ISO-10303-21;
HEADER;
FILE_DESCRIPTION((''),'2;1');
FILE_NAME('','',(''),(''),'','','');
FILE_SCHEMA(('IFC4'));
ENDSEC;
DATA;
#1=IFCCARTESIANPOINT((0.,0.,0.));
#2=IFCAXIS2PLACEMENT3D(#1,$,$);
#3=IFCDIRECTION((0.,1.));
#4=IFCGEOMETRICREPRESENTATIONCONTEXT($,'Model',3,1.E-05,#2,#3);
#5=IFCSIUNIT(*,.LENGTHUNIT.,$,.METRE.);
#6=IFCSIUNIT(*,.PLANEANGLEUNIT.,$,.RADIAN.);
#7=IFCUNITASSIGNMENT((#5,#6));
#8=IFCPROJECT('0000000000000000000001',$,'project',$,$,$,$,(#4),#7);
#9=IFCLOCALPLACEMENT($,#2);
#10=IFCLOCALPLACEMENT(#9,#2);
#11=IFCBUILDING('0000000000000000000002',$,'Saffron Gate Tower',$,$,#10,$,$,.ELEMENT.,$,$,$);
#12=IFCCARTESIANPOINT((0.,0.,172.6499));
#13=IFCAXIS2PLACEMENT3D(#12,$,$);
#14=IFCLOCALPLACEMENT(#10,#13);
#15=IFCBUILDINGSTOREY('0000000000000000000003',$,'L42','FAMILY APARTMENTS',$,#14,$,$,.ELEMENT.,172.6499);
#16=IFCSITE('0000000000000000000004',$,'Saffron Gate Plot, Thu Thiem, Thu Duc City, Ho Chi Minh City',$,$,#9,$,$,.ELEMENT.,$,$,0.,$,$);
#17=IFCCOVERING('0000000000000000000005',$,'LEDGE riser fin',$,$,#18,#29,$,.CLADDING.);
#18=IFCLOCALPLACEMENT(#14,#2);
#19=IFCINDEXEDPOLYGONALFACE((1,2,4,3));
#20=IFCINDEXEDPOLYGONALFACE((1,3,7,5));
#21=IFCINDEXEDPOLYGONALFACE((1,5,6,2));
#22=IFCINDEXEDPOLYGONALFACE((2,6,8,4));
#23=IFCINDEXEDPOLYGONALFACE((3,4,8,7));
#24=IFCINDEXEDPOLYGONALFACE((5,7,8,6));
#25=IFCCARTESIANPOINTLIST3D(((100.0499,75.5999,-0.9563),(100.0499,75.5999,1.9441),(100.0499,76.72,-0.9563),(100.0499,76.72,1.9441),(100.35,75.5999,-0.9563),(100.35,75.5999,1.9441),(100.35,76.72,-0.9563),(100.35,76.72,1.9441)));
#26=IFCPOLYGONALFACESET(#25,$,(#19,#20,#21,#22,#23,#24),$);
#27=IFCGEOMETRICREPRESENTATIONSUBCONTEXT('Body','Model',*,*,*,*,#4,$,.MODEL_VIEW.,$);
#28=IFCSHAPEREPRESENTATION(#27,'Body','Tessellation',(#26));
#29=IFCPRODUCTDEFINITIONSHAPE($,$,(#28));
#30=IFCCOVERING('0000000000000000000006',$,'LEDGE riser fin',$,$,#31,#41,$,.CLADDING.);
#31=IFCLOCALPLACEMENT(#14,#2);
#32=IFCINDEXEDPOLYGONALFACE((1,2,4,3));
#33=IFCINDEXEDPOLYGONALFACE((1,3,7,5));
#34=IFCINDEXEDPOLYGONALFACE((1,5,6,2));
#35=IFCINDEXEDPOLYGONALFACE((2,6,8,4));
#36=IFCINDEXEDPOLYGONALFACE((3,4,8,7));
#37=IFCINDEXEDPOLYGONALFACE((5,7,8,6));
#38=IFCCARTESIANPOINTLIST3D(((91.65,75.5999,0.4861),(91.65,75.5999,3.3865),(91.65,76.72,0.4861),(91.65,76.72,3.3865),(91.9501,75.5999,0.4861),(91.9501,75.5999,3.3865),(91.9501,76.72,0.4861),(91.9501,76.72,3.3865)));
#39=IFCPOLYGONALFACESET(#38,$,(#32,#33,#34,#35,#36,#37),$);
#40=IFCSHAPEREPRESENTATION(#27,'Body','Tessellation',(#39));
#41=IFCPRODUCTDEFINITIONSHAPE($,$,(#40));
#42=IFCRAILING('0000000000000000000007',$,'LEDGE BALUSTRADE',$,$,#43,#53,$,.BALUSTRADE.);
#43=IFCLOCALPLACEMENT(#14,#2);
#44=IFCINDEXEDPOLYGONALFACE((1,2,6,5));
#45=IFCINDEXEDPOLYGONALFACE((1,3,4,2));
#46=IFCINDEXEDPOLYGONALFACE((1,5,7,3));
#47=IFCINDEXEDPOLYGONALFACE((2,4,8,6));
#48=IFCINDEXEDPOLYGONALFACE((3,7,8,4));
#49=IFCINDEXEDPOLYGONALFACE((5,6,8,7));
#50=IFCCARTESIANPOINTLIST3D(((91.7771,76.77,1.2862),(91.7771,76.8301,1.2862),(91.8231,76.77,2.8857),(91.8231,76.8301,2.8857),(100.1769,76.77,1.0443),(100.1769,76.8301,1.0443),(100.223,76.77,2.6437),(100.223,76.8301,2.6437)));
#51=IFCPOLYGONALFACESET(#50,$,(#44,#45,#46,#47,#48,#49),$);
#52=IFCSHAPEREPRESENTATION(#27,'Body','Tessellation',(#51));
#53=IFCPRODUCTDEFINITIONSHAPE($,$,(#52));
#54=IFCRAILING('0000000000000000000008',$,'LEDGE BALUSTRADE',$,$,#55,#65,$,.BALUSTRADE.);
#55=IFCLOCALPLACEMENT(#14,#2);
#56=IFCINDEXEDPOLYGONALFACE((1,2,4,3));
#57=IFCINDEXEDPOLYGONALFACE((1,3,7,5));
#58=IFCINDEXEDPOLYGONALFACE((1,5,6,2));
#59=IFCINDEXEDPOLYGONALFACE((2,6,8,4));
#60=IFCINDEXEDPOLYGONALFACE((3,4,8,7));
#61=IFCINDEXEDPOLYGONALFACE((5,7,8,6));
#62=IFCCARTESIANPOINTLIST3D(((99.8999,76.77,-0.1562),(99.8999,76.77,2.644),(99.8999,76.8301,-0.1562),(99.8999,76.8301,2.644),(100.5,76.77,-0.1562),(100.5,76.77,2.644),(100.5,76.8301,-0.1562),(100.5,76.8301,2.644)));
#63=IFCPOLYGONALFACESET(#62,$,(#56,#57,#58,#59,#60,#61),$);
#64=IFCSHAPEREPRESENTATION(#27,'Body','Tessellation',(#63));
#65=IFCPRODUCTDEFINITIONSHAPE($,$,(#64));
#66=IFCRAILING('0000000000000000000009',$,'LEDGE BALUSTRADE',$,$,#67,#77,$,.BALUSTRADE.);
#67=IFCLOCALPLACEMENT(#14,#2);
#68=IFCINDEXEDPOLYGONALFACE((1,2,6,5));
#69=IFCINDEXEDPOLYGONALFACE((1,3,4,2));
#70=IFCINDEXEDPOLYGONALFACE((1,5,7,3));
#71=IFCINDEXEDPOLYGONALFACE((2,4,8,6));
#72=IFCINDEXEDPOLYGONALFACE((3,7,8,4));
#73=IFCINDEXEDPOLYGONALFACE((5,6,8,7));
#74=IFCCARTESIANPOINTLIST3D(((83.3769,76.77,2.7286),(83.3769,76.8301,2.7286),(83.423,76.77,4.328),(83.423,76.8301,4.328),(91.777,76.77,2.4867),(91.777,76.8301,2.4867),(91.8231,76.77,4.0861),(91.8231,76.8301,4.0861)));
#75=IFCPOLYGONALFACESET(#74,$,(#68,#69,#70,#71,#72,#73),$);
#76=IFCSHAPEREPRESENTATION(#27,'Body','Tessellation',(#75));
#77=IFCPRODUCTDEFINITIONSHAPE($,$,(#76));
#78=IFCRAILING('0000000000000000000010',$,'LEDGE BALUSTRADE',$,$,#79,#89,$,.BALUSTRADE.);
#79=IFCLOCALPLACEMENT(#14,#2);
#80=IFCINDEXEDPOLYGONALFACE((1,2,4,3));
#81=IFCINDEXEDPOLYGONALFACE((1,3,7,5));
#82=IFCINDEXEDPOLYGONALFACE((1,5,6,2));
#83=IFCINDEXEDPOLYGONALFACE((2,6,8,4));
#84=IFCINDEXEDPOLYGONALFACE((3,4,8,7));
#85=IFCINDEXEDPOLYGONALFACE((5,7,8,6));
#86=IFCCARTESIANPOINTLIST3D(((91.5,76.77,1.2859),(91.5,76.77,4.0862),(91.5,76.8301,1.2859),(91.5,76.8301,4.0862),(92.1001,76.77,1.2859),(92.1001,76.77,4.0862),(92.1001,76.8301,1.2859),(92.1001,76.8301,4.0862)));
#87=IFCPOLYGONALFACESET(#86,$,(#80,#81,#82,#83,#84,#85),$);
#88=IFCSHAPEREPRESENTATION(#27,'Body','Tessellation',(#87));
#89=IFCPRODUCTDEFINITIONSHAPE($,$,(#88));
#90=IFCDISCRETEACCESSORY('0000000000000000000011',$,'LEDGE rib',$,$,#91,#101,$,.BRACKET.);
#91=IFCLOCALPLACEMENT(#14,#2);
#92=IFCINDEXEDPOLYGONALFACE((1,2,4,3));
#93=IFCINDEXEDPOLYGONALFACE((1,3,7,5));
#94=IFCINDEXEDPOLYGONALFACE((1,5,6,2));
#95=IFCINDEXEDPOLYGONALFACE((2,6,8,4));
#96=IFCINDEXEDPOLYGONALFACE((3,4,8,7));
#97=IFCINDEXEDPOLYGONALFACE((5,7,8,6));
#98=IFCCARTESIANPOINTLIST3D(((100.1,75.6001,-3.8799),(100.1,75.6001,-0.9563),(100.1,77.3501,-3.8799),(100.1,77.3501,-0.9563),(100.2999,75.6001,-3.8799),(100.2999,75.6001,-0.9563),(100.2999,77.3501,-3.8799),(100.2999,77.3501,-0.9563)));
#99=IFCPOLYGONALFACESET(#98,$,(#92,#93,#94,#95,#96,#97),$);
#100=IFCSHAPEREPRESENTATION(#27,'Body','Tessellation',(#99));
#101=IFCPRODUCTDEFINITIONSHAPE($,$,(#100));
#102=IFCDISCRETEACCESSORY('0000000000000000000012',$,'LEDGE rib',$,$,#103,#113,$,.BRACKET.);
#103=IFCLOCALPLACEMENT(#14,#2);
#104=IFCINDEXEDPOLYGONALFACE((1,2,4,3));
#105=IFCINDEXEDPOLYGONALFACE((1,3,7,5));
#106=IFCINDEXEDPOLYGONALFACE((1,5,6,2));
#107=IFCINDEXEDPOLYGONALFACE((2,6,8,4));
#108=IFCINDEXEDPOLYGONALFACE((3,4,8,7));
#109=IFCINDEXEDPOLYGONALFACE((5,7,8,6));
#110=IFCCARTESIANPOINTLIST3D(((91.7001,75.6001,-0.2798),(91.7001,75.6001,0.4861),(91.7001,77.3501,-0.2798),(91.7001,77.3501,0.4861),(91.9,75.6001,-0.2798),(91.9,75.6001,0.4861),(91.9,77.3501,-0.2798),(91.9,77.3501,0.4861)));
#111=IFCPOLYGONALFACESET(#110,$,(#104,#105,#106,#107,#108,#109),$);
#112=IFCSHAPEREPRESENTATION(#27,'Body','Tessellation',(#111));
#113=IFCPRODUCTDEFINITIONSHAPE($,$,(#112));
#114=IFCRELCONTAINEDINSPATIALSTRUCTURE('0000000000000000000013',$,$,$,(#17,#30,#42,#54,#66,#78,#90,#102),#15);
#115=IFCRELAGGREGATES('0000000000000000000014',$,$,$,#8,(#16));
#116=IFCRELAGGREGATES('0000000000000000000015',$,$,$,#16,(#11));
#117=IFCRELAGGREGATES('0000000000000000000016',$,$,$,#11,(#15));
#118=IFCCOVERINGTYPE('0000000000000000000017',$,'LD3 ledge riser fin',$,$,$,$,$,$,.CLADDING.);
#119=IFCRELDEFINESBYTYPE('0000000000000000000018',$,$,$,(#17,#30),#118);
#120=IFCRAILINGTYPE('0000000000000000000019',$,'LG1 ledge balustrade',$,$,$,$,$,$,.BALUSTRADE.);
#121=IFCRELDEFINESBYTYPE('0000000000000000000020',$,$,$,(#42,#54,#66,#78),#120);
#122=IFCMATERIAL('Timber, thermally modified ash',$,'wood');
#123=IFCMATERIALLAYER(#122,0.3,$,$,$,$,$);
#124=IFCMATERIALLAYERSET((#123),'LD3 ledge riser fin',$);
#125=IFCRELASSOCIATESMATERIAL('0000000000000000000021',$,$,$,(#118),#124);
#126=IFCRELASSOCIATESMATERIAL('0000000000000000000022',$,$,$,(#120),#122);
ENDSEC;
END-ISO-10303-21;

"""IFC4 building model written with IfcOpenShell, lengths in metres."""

from ifc_helpers import new_model, si_unit, direction, frame, origin, origin_2d, place, context, subcontext, project, spatial, rectangle, extrude, material, layer, layer_set, type_object, element, save


model = new_model("IFC4")

# Units and contexts
model_context = context("Model", 3, precision=1e-05, world=origin(), true_north=direction((0.0, 1.0)))
body_context = subcontext(model_context, "Body", "Model", "MODEL_VIEW")
ifc_project = project(units=[si_unit("LENGTHUNIT", "METRE"), si_unit("PLANEANGLEUNIT", "RADIAN")], contexts=[model_context])

# Site, building, storey
site_placement = place(None, origin())
site = spatial("IfcSite", under=ifc_project, at=site_placement, Name="Saffron Gate Plot, Thu Thiem, Thu Duc City, Ho Chi Minh City", CompositionType="ELEMENT", RefElevation=0.0)
building_placement = place(site_placement, origin())
building = spatial("IfcBuilding", under=site, at=building_placement, Name="Saffron Gate Tower", CompositionType="ELEMENT")
storey_placement = place(building_placement, frame((0.0, 0.0, 172.6499)))
storey = spatial("IfcBuildingStorey", under=building, at=storey_placement, Name="L42", Description="FAMILY APARTMENTS", CompositionType="ELEMENT", Elevation=172.6499)

# Coverings
ifc_material_1 = material(Name="Timber, thermally modified ash", Category="wood")
ifc_layer_1 = layer(ifc_material_1, 0.3)
ifc_layer_set_1 = layer_set([ifc_layer_1], Name="LD3 ledge riser fin")
covering_type_1 = type_object("IfcCoveringType", Name="LD3 ledge riser fin", PredefinedType="CLADDING", material=ifc_layer_set_1)
for number, where, z_axis, x_axis, name in (
    (1, (100.2, 76.1599, -0.9563), (0.0, 0.0, 1.0), (-1.0, 0.0, 0.0), "LEDGE riser fin"),
    (2, (91.8, 76.1599, 0.4861), (0.0, 0.0, 1.0), (-1.0, 0.0, 0.0), "LEDGE riser fin"),
):
    element("IfcCovering", number, at=place(storey_placement, frame(where, z_axis=z_axis, x_axis=x_axis)), inside=storey, type_object=covering_type_1, Name=name, PredefinedType="CLADDING", context=body_context, shape_type="SweptSolid", body=[
        extrude(rectangle(XDim=0.3, YDim=1.1201, at=origin_2d()), origin(), (0.0, 0.0, 1.0), 2.9004),
    ])

# Railings
railing_type_1 = type_object("IfcRailingType", Name="LG1 ledge balustrade", PredefinedType="BALUSTRADE", material=ifc_material_1)
railing_1_placement = place(storey_placement, frame((100.2, 76.8, 1.0439)))
element("IfcRailing", 3, at=railing_1_placement, inside=storey, type_object=railing_type_1, Name="LEDGE BALUSTRADE", PredefinedType="BALUSTRADE", context=body_context, shape_type="SweptSolid", body=[
    extrude(rectangle(XDim=0.0601, YDim=1.6001, at=origin_2d()), frame((0.0, 0.0, 0.8), z_axis=(-0.999585, 0.0, 0.028791), x_axis=(0.0, -1.0, 0.0)), (0.0, 0.0, 1.0), 8.4033),
])
railing_2_placement = place(storey_placement, frame((100.5, 76.8, -0.1562)))
element("IfcRailing", 4, at=railing_2_placement, inside=storey, type_object=railing_type_1, Name="LEDGE BALUSTRADE", PredefinedType="BALUSTRADE", context=body_context, shape_type="SweptSolid", body=[
    extrude(rectangle(XDim=0.0601, YDim=2.8003, at=origin_2d()), frame((0.0, 0.0, 1.4001), z_axis=(-1.0, 0.0, 0.0), x_axis=(0.0, -1.0, 0.0)), (0.0, 0.0, 1.0), 0.6001),
])
railing_3_placement = place(storey_placement, frame((91.8, 76.8, 2.4863)))
element("IfcRailing", 5, at=railing_3_placement, inside=storey, type_object=railing_type_1, Name="LEDGE BALUSTRADE", PredefinedType="BALUSTRADE", context=body_context, shape_type="SweptSolid", body=[
    extrude(rectangle(XDim=0.0601, YDim=1.6001, at=origin_2d()), frame((0.0, 0.0, 0.8), z_axis=(-0.999585, 0.0, 0.02879), x_axis=(0.0, -1.0, 0.0)), (0.0, 0.0, 1.0), 8.4036),
])
railing_4_placement = place(storey_placement, frame((92.1001, 76.8, 1.2859)))
element("IfcRailing", 6, at=railing_4_placement, inside=storey, type_object=railing_type_1, Name="LEDGE BALUSTRADE", PredefinedType="BALUSTRADE", context=body_context, shape_type="SweptSolid", body=[
    extrude(rectangle(XDim=0.0601, YDim=2.8003, at=origin_2d()), frame((0.0, 0.0, 1.4001), z_axis=(-1.0, 0.0, 0.0), x_axis=(0.0, -1.0, 0.0)), (0.0, 0.0, 1.0), 0.6001),
])

# Discrete accessories
discrete_accessory_1_placement = place(storey_placement, frame((100.2, 76.4751, -3.8799), z_axis=(0.0, 0.0, 1.0), x_axis=(-1.0, 0.0, 0.0)))
element("IfcDiscreteAccessory", 7, at=discrete_accessory_1_placement, inside=storey, Name="LEDGE rib", PredefinedType="BRACKET", context=body_context, shape_type="SweptSolid", body=[
    extrude(rectangle(XDim=0.2, YDim=1.75, at=origin_2d()), origin(), (0.0, 0.0, 1.0), 2.9236),
])
discrete_accessory_2_placement = place(storey_placement, frame((91.8, 76.4751, -0.2798), z_axis=(0.0, 0.0, 1.0), x_axis=(-1.0, 0.0, 0.0)))
element("IfcDiscreteAccessory", 8, at=discrete_accessory_2_placement, inside=storey, Name="LEDGE rib", PredefinedType="BRACKET", context=body_context, shape_type="SweptSolid", body=[
    extrude(rectangle(XDim=0.2, YDim=1.75, at=origin_2d()), origin(), (0.0, 0.0, 1.0), 0.7659),
])

save(model, "model.ifc")
